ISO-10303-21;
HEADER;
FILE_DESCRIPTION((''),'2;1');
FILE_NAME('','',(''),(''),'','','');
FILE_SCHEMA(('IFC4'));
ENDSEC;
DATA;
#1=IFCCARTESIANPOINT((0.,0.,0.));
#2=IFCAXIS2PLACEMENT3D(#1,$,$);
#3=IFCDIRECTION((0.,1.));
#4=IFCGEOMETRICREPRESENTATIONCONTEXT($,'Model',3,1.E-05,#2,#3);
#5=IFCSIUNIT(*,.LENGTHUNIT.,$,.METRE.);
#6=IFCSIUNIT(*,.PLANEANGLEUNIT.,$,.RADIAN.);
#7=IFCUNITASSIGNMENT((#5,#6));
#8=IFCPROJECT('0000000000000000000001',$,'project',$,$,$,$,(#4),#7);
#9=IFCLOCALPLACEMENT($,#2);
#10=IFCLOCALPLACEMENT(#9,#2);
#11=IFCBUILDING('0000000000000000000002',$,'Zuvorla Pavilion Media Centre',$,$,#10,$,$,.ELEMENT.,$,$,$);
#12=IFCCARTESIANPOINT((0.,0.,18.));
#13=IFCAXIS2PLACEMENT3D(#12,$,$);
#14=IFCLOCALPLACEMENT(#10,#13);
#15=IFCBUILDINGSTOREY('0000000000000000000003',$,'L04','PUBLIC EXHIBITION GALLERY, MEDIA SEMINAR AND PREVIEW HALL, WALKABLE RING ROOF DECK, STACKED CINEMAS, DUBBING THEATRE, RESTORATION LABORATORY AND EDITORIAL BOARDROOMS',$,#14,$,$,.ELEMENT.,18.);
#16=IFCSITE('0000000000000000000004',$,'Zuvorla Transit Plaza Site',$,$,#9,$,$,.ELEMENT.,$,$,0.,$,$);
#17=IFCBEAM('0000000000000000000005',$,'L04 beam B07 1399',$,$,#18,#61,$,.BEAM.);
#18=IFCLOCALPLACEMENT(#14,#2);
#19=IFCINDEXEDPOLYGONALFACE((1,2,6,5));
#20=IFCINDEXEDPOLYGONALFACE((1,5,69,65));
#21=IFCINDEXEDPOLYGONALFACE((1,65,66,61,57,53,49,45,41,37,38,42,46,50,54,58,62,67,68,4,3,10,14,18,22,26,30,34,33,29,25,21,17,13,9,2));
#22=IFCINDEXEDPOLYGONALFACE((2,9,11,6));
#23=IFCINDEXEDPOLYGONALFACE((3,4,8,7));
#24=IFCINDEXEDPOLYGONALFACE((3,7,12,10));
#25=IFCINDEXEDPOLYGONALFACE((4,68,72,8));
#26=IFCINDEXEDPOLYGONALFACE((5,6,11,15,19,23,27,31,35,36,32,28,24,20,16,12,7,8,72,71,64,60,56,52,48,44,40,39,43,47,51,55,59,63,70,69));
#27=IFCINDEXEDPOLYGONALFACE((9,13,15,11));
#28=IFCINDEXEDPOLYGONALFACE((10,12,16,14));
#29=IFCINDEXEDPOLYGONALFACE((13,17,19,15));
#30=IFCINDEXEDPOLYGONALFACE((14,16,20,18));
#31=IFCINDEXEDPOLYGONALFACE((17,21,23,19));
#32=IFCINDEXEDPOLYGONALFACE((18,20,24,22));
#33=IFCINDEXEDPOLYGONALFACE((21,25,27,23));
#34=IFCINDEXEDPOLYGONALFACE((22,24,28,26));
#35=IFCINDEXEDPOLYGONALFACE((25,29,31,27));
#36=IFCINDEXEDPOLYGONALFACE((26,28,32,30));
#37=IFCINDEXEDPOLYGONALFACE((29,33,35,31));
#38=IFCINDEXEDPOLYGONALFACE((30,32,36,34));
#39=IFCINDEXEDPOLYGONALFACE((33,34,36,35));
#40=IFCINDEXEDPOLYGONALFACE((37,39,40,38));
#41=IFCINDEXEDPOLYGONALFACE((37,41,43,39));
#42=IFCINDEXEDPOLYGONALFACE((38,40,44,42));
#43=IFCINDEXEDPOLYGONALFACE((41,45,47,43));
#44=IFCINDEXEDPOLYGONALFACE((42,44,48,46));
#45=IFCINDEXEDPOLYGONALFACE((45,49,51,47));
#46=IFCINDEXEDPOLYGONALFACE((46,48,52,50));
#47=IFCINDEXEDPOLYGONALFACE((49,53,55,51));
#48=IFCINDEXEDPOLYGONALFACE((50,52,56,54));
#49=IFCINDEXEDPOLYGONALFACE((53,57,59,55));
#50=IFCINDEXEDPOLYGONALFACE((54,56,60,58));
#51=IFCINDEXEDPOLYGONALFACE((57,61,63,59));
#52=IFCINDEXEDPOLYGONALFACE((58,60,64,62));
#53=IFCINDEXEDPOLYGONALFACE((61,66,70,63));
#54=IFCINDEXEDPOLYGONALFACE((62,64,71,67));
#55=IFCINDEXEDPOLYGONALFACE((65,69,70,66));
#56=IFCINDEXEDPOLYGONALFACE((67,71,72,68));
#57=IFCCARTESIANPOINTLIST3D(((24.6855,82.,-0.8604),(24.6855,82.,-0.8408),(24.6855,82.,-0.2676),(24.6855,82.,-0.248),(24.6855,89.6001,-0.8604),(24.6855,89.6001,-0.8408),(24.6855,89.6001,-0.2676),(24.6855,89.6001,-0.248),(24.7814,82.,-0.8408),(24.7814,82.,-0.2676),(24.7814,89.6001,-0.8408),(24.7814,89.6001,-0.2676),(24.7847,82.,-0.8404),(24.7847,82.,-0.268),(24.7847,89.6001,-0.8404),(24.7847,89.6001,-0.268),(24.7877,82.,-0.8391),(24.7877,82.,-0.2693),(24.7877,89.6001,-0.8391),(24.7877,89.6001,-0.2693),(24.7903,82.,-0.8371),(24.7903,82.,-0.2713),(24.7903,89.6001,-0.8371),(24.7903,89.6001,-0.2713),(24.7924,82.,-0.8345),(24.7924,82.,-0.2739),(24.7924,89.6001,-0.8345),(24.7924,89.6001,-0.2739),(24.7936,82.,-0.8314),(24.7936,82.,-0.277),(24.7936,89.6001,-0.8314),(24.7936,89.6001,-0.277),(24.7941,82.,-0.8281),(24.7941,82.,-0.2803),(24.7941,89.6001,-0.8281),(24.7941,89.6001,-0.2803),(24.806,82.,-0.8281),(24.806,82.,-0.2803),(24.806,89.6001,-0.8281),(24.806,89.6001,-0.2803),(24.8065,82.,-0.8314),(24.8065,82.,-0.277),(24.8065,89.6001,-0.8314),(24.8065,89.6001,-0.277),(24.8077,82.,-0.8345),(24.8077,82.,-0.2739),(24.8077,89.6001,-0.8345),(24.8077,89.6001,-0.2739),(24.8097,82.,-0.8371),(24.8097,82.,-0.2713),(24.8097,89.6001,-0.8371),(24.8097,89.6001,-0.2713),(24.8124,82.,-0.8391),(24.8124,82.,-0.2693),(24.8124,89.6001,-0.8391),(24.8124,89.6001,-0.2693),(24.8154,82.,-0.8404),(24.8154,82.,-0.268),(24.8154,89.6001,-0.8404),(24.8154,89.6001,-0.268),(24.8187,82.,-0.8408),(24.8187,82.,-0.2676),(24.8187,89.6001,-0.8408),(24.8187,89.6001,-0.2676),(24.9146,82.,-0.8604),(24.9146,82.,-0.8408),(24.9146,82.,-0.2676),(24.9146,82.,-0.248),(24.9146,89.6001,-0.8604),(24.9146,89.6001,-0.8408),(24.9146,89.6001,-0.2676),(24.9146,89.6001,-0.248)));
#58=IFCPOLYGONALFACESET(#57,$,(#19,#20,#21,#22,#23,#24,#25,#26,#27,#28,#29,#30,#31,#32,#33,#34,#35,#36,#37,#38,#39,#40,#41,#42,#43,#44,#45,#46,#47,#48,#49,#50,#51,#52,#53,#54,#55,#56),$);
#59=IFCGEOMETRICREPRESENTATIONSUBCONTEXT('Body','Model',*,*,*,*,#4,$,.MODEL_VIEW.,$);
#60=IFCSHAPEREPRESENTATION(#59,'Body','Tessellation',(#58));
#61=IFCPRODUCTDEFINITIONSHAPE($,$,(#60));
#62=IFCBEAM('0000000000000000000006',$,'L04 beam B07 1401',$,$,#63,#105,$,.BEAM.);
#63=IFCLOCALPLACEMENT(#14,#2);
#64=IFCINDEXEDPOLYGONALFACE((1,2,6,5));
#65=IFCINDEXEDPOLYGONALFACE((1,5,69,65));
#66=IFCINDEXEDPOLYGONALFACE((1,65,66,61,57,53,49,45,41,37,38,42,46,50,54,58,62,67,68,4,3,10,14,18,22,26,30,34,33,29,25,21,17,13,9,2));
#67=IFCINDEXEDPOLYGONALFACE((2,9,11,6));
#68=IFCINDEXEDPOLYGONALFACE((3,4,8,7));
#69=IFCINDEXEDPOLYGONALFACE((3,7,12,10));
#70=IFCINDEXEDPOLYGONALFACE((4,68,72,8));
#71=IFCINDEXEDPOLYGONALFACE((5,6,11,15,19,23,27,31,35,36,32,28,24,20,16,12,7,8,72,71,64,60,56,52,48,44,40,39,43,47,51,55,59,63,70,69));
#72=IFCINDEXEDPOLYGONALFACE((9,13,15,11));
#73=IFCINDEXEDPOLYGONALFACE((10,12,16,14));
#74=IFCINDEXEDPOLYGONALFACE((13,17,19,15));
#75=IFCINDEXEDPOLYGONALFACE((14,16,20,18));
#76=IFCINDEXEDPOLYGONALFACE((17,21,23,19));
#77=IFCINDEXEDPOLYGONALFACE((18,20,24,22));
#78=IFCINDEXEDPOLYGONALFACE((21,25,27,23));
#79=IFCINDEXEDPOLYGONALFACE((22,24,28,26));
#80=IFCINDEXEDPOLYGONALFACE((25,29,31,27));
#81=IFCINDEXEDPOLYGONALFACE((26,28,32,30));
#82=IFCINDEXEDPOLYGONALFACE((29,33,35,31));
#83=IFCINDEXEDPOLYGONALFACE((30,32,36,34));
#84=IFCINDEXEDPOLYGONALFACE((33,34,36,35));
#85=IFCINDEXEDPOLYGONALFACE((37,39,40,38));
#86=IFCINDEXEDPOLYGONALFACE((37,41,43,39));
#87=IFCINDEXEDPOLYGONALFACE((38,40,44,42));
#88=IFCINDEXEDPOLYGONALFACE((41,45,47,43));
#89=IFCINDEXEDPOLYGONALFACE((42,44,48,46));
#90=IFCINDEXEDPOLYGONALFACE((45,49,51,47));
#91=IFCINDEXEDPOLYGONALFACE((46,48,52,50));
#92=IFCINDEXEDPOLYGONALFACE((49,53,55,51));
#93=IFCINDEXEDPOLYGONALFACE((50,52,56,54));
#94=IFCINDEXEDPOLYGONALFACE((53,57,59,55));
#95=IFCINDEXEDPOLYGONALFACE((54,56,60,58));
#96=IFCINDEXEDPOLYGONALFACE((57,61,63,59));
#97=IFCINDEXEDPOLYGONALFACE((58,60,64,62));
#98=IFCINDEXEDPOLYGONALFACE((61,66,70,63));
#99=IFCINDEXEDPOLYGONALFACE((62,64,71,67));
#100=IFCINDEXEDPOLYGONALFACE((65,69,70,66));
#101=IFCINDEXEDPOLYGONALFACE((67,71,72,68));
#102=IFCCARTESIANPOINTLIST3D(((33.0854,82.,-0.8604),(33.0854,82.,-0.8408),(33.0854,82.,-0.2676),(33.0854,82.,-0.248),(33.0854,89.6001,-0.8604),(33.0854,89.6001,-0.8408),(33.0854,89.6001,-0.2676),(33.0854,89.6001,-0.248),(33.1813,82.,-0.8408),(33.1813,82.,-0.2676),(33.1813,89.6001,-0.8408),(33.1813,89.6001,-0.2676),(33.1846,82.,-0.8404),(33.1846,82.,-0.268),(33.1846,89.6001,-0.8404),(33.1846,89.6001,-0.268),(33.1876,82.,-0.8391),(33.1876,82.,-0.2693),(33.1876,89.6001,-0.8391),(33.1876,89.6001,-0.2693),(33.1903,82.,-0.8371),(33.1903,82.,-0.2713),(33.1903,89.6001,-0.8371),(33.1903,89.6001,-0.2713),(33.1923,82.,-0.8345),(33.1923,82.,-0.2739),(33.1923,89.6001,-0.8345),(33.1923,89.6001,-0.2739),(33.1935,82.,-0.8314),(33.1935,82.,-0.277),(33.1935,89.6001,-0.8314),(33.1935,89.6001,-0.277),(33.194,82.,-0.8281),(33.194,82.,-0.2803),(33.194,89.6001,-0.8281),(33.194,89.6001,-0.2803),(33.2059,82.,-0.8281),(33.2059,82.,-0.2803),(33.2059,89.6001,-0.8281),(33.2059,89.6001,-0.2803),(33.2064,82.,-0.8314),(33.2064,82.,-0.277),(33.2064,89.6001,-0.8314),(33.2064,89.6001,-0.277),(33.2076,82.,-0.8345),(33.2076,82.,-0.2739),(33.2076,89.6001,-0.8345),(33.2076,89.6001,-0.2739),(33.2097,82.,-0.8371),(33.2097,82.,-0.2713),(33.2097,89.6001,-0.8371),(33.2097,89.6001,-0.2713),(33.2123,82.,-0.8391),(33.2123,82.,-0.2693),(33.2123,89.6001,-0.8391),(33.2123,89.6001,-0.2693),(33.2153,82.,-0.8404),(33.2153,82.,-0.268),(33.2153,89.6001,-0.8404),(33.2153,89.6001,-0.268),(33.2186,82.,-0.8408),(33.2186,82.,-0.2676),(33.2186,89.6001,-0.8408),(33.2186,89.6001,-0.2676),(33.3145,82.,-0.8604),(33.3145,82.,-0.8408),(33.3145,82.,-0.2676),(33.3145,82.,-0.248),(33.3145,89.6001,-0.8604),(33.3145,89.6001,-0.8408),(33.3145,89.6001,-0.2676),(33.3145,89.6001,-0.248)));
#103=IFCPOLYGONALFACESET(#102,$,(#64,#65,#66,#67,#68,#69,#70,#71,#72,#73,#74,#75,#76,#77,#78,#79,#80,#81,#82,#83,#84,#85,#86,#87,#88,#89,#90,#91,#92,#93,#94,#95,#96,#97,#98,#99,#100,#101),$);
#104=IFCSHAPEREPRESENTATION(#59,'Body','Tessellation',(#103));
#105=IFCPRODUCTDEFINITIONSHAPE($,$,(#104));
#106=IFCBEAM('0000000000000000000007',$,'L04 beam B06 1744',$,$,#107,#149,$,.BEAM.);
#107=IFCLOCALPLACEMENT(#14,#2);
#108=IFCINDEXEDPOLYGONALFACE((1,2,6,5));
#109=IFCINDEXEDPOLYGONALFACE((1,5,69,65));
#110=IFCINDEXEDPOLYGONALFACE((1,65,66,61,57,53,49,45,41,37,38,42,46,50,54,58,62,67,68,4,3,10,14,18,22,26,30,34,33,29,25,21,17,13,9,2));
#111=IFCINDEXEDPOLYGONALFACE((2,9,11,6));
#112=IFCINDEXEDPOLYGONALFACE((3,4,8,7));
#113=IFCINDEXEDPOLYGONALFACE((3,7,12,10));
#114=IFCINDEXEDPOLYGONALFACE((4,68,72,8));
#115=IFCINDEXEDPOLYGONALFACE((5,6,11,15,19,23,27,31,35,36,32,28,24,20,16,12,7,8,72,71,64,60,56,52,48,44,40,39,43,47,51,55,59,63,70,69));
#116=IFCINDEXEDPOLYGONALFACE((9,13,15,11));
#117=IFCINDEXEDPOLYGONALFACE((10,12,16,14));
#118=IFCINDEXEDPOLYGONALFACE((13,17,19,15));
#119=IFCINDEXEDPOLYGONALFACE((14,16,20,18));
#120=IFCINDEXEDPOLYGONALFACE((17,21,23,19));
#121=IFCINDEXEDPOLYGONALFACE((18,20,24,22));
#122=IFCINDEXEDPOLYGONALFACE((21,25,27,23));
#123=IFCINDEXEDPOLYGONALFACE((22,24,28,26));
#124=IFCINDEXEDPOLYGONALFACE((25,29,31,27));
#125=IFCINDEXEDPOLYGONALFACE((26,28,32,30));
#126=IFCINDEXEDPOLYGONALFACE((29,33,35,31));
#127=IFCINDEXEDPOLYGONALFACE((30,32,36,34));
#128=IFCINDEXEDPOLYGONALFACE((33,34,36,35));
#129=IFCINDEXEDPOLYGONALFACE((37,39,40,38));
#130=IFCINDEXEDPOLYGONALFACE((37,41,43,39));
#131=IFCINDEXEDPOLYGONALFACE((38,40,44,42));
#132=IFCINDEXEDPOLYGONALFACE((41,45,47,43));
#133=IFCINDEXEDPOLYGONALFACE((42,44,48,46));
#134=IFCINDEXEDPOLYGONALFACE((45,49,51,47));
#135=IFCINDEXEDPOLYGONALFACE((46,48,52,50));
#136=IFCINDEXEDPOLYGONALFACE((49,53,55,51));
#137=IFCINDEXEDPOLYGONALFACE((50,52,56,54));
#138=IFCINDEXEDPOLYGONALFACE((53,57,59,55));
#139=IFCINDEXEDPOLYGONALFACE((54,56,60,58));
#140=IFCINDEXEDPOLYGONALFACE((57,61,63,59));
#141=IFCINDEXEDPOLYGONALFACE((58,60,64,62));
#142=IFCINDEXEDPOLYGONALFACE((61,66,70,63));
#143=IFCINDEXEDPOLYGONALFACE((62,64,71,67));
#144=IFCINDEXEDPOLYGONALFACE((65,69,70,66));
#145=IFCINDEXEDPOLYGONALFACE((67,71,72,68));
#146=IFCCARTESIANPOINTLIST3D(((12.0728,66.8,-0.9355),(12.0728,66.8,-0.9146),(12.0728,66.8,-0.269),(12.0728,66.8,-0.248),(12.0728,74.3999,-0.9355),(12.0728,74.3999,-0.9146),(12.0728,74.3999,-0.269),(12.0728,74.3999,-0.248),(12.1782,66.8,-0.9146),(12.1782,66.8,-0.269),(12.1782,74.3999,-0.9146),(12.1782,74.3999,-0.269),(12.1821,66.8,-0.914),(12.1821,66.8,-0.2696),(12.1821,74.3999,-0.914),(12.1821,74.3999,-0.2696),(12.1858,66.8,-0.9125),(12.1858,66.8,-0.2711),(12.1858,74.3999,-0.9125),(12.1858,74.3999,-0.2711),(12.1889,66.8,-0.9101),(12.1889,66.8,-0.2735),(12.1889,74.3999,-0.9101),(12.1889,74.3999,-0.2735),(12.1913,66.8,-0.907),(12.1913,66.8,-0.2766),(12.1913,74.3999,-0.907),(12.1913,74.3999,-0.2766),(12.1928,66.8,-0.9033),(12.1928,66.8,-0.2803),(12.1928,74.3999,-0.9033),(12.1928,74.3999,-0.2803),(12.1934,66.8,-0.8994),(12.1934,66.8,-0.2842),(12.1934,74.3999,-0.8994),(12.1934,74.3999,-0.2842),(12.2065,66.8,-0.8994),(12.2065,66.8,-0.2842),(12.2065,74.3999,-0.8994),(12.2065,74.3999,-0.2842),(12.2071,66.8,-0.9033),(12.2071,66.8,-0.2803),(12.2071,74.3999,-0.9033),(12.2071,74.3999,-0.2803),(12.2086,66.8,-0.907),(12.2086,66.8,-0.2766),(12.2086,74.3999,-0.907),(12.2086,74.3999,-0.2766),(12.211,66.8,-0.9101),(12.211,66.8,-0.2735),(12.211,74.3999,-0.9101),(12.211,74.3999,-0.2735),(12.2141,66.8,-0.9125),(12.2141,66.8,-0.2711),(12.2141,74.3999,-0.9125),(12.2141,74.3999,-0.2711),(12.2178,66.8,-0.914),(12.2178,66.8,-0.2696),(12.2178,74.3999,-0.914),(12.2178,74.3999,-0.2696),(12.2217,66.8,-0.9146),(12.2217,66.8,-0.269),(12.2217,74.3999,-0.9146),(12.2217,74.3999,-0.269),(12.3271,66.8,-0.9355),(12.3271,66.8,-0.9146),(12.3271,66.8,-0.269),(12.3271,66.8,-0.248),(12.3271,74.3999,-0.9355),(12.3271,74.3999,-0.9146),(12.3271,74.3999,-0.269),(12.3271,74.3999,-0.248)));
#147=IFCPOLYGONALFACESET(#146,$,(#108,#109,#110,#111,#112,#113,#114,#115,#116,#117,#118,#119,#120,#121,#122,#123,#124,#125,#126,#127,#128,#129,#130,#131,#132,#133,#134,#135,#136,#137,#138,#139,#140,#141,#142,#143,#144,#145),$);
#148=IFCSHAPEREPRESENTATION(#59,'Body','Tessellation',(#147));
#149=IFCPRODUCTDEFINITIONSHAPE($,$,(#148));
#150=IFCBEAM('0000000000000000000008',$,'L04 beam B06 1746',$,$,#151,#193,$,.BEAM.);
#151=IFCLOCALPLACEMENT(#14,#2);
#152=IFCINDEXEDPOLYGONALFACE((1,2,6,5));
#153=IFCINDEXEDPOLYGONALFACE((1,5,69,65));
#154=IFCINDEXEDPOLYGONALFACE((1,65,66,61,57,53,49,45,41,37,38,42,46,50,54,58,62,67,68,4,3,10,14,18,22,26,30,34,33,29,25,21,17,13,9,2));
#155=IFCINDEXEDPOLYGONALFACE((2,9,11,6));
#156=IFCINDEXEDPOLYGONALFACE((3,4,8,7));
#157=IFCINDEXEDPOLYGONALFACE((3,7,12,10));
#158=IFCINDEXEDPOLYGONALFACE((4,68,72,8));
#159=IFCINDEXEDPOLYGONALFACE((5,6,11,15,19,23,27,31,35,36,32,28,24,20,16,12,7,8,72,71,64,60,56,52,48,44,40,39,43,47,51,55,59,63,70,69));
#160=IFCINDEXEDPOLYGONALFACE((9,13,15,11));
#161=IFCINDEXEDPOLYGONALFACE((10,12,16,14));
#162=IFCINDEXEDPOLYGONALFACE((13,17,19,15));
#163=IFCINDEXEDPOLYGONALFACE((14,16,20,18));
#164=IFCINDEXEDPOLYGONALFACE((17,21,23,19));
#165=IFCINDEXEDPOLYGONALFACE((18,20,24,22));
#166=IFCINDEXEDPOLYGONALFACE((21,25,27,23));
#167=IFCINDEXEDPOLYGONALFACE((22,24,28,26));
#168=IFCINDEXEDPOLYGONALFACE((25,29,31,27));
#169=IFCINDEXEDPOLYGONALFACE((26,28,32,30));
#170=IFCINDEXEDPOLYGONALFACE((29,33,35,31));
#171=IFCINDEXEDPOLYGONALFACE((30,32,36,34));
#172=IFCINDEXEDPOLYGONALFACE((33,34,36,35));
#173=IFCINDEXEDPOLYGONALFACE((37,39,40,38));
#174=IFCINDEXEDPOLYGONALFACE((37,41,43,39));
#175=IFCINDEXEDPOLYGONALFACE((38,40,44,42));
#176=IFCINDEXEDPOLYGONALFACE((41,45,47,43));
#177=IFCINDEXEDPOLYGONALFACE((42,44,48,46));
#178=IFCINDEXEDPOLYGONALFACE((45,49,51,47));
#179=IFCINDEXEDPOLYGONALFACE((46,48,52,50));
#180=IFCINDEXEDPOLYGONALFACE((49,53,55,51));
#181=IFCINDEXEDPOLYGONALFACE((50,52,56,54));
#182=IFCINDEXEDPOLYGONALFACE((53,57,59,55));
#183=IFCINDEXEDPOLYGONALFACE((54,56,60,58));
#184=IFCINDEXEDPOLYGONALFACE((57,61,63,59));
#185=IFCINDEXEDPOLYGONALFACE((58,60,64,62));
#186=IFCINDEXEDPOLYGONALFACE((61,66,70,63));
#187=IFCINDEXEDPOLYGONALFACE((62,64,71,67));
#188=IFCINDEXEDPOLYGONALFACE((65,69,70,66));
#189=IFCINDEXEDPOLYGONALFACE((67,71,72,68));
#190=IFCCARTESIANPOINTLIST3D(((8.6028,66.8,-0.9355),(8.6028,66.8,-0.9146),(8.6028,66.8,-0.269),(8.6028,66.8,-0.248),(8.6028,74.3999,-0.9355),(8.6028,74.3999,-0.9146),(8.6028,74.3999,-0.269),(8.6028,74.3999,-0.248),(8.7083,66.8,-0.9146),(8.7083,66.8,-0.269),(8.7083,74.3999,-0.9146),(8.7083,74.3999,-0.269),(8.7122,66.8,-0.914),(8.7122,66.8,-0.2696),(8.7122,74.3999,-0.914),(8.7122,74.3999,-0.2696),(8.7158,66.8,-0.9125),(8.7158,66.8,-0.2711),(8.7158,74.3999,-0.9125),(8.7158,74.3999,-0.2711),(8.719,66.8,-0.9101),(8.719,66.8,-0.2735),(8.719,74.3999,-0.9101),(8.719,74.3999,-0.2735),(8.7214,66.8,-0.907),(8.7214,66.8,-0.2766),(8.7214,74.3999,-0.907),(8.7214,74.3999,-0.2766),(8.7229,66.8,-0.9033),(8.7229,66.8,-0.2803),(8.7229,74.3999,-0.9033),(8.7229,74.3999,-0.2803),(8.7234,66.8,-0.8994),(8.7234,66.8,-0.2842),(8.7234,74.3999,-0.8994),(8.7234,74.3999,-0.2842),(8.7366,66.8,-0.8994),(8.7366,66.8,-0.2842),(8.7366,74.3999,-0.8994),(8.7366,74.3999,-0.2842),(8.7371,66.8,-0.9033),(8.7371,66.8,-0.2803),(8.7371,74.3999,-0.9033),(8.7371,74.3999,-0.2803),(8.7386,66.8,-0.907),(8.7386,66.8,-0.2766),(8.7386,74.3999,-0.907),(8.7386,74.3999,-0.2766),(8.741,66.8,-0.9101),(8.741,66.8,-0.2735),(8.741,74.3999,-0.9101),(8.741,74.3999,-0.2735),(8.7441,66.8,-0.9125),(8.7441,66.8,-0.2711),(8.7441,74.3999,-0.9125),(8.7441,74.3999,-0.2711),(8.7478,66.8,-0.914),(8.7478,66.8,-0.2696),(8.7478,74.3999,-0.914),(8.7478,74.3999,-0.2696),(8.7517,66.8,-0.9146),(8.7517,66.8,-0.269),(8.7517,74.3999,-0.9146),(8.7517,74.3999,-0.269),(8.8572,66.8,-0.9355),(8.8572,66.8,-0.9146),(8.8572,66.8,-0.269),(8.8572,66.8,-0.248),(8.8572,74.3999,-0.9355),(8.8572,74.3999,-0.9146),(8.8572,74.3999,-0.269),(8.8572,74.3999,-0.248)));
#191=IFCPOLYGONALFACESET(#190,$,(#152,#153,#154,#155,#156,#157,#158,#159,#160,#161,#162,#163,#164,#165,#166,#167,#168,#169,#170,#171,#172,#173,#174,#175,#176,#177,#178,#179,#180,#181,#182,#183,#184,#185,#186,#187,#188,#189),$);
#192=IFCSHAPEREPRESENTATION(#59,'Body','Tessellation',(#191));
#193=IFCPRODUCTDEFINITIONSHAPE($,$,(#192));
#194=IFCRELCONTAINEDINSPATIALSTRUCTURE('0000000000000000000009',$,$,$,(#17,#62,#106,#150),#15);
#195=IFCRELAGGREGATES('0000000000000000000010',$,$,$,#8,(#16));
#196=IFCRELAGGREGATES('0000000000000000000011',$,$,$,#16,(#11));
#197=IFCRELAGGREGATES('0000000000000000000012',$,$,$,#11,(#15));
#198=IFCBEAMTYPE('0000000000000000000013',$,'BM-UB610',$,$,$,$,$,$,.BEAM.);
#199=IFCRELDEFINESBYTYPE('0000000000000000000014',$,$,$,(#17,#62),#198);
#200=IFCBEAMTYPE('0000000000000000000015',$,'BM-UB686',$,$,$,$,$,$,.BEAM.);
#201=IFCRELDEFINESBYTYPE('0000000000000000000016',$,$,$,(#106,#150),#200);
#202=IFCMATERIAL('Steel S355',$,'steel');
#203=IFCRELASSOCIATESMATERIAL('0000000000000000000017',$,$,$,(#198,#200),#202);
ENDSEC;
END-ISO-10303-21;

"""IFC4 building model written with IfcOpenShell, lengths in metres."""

from ifc_helpers import new_model, si_unit, direction, frame, origin, origin_2d, place, context, subcontext, project, spatial, i_section, extrude, material, material_profile, profile_set, type_object, element, save


model = new_model("IFC4")

# Units and contexts
model_context = context("Model", 3, precision=1e-05, world=origin(), true_north=direction((0.0, 1.0)))
body_context = subcontext(model_context, "Body", "Model", "MODEL_VIEW")
ifc_project = project(units=[si_unit("LENGTHUNIT", "METRE"), si_unit("PLANEANGLEUNIT", "RADIAN")], contexts=[model_context])

# Site, building, storey
site_placement = place(None, origin())
site = spatial("IfcSite", under=ifc_project, at=site_placement, Name="Zuvorla Transit Plaza Site", CompositionType="ELEMENT", RefElevation=0.0)
building_placement = place(site_placement, origin())
building = spatial("IfcBuilding", under=site, at=building_placement, Name="Zuvorla Pavilion Media Centre", CompositionType="ELEMENT")
storey_placement = place(building_placement, frame((0.0, 0.0, 18.0)))
storey = spatial("IfcBuildingStorey", under=building, at=storey_placement, Name="L04", Description="PUBLIC EXHIBITION GALLERY, MEDIA SEMINAR AND PREVIEW HALL, WALKABLE RING ROOF DECK, STACKED CINEMAS, DUBBING THEATRE, RESTORATION LABORATORY AND EDITORIAL BOARDROOMS", CompositionType="ELEMENT", Elevation=18.0)

# Beams
ifc_material = material(Name="Steel S355", Category="steel")
ifc_material_profile_1 = material_profile(ifc_material, i_section(OverallWidth=0.229, OverallDepth=0.6123, WebThickness=0.012, FlangeThickness=0.0195, FilletRadius=0.0127, at=origin_2d()), Name="UB 610x229x125")
ifc_profile_set_1 = profile_set([ifc_material_profile_1], Name="Steel S355")
beam_type_1 = type_object("IfcBeamType", Name="BM-UB610", PredefinedType="BEAM", material=ifc_profile_set_1)
for number, where, z_axis, x_axis, name in (
    (1, (24.8, 82.0, -0.5542), (0.0, 1.0, 0.0), (-1.0, 0.0, 0.0), "L04 beam B07 1399"),
    (2, (33.2, 82.0, -0.5542), (0.0, 1.0, 0.0), (-1.0, 0.0, 0.0), "L04 beam B07 1401"),
):
    element("IfcBeam", number, at=place(storey_placement, frame(where, z_axis=z_axis, x_axis=x_axis)), inside=storey, type_object=beam_type_1, Name=name, PredefinedType="BEAM", context=body_context, shape_type="SweptSolid", body=[
        extrude(i_section(OverallWidth=0.229, OverallDepth=0.6123, WebThickness=0.012, FlangeThickness=0.0195, FilletRadius=0.0127, at=origin_2d()), origin(), (0.0, 0.0, 1.0), 7.6001),
    ])
ifc_material_profile_2 = material_profile(ifc_material, i_section(OverallWidth=0.2544, OverallDepth=0.6875, WebThickness=0.0132, FlangeThickness=0.021, FilletRadius=0.0151, at=origin_2d()), Name="UB 686x254x152")
ifc_profile_set_2 = profile_set([ifc_material_profile_2], Name="Steel S355")
beam_type_2 = type_object("IfcBeamType", Name="BM-UB686", PredefinedType="BEAM", material=ifc_profile_set_2)
for number, where, z_axis, x_axis, name in (
    (3, (12.2, 66.8, -0.5918), (0.0, 1.0, 0.0), (-1.0, 0.0, 0.0), "L04 beam B06 1744"),
    (4, (8.73, 66.8, -0.5918), (0.0, 1.0, 0.0), (-1.0, 0.0, 0.0), "L04 beam B06 1746"),
):
    element("IfcBeam", number, at=place(storey_placement, frame(where, z_axis=z_axis, x_axis=x_axis)), inside=storey, type_object=beam_type_2, Name=name, PredefinedType="BEAM", context=body_context, shape_type="SweptSolid", body=[
        extrude(i_section(OverallWidth=0.2544, OverallDepth=0.6875, WebThickness=0.0132, FlangeThickness=0.021, FilletRadius=0.0151, at=origin_2d()), origin(), (0.0, 0.0, 1.0), 7.5999),
    ])

save(model, "model.ifc")
